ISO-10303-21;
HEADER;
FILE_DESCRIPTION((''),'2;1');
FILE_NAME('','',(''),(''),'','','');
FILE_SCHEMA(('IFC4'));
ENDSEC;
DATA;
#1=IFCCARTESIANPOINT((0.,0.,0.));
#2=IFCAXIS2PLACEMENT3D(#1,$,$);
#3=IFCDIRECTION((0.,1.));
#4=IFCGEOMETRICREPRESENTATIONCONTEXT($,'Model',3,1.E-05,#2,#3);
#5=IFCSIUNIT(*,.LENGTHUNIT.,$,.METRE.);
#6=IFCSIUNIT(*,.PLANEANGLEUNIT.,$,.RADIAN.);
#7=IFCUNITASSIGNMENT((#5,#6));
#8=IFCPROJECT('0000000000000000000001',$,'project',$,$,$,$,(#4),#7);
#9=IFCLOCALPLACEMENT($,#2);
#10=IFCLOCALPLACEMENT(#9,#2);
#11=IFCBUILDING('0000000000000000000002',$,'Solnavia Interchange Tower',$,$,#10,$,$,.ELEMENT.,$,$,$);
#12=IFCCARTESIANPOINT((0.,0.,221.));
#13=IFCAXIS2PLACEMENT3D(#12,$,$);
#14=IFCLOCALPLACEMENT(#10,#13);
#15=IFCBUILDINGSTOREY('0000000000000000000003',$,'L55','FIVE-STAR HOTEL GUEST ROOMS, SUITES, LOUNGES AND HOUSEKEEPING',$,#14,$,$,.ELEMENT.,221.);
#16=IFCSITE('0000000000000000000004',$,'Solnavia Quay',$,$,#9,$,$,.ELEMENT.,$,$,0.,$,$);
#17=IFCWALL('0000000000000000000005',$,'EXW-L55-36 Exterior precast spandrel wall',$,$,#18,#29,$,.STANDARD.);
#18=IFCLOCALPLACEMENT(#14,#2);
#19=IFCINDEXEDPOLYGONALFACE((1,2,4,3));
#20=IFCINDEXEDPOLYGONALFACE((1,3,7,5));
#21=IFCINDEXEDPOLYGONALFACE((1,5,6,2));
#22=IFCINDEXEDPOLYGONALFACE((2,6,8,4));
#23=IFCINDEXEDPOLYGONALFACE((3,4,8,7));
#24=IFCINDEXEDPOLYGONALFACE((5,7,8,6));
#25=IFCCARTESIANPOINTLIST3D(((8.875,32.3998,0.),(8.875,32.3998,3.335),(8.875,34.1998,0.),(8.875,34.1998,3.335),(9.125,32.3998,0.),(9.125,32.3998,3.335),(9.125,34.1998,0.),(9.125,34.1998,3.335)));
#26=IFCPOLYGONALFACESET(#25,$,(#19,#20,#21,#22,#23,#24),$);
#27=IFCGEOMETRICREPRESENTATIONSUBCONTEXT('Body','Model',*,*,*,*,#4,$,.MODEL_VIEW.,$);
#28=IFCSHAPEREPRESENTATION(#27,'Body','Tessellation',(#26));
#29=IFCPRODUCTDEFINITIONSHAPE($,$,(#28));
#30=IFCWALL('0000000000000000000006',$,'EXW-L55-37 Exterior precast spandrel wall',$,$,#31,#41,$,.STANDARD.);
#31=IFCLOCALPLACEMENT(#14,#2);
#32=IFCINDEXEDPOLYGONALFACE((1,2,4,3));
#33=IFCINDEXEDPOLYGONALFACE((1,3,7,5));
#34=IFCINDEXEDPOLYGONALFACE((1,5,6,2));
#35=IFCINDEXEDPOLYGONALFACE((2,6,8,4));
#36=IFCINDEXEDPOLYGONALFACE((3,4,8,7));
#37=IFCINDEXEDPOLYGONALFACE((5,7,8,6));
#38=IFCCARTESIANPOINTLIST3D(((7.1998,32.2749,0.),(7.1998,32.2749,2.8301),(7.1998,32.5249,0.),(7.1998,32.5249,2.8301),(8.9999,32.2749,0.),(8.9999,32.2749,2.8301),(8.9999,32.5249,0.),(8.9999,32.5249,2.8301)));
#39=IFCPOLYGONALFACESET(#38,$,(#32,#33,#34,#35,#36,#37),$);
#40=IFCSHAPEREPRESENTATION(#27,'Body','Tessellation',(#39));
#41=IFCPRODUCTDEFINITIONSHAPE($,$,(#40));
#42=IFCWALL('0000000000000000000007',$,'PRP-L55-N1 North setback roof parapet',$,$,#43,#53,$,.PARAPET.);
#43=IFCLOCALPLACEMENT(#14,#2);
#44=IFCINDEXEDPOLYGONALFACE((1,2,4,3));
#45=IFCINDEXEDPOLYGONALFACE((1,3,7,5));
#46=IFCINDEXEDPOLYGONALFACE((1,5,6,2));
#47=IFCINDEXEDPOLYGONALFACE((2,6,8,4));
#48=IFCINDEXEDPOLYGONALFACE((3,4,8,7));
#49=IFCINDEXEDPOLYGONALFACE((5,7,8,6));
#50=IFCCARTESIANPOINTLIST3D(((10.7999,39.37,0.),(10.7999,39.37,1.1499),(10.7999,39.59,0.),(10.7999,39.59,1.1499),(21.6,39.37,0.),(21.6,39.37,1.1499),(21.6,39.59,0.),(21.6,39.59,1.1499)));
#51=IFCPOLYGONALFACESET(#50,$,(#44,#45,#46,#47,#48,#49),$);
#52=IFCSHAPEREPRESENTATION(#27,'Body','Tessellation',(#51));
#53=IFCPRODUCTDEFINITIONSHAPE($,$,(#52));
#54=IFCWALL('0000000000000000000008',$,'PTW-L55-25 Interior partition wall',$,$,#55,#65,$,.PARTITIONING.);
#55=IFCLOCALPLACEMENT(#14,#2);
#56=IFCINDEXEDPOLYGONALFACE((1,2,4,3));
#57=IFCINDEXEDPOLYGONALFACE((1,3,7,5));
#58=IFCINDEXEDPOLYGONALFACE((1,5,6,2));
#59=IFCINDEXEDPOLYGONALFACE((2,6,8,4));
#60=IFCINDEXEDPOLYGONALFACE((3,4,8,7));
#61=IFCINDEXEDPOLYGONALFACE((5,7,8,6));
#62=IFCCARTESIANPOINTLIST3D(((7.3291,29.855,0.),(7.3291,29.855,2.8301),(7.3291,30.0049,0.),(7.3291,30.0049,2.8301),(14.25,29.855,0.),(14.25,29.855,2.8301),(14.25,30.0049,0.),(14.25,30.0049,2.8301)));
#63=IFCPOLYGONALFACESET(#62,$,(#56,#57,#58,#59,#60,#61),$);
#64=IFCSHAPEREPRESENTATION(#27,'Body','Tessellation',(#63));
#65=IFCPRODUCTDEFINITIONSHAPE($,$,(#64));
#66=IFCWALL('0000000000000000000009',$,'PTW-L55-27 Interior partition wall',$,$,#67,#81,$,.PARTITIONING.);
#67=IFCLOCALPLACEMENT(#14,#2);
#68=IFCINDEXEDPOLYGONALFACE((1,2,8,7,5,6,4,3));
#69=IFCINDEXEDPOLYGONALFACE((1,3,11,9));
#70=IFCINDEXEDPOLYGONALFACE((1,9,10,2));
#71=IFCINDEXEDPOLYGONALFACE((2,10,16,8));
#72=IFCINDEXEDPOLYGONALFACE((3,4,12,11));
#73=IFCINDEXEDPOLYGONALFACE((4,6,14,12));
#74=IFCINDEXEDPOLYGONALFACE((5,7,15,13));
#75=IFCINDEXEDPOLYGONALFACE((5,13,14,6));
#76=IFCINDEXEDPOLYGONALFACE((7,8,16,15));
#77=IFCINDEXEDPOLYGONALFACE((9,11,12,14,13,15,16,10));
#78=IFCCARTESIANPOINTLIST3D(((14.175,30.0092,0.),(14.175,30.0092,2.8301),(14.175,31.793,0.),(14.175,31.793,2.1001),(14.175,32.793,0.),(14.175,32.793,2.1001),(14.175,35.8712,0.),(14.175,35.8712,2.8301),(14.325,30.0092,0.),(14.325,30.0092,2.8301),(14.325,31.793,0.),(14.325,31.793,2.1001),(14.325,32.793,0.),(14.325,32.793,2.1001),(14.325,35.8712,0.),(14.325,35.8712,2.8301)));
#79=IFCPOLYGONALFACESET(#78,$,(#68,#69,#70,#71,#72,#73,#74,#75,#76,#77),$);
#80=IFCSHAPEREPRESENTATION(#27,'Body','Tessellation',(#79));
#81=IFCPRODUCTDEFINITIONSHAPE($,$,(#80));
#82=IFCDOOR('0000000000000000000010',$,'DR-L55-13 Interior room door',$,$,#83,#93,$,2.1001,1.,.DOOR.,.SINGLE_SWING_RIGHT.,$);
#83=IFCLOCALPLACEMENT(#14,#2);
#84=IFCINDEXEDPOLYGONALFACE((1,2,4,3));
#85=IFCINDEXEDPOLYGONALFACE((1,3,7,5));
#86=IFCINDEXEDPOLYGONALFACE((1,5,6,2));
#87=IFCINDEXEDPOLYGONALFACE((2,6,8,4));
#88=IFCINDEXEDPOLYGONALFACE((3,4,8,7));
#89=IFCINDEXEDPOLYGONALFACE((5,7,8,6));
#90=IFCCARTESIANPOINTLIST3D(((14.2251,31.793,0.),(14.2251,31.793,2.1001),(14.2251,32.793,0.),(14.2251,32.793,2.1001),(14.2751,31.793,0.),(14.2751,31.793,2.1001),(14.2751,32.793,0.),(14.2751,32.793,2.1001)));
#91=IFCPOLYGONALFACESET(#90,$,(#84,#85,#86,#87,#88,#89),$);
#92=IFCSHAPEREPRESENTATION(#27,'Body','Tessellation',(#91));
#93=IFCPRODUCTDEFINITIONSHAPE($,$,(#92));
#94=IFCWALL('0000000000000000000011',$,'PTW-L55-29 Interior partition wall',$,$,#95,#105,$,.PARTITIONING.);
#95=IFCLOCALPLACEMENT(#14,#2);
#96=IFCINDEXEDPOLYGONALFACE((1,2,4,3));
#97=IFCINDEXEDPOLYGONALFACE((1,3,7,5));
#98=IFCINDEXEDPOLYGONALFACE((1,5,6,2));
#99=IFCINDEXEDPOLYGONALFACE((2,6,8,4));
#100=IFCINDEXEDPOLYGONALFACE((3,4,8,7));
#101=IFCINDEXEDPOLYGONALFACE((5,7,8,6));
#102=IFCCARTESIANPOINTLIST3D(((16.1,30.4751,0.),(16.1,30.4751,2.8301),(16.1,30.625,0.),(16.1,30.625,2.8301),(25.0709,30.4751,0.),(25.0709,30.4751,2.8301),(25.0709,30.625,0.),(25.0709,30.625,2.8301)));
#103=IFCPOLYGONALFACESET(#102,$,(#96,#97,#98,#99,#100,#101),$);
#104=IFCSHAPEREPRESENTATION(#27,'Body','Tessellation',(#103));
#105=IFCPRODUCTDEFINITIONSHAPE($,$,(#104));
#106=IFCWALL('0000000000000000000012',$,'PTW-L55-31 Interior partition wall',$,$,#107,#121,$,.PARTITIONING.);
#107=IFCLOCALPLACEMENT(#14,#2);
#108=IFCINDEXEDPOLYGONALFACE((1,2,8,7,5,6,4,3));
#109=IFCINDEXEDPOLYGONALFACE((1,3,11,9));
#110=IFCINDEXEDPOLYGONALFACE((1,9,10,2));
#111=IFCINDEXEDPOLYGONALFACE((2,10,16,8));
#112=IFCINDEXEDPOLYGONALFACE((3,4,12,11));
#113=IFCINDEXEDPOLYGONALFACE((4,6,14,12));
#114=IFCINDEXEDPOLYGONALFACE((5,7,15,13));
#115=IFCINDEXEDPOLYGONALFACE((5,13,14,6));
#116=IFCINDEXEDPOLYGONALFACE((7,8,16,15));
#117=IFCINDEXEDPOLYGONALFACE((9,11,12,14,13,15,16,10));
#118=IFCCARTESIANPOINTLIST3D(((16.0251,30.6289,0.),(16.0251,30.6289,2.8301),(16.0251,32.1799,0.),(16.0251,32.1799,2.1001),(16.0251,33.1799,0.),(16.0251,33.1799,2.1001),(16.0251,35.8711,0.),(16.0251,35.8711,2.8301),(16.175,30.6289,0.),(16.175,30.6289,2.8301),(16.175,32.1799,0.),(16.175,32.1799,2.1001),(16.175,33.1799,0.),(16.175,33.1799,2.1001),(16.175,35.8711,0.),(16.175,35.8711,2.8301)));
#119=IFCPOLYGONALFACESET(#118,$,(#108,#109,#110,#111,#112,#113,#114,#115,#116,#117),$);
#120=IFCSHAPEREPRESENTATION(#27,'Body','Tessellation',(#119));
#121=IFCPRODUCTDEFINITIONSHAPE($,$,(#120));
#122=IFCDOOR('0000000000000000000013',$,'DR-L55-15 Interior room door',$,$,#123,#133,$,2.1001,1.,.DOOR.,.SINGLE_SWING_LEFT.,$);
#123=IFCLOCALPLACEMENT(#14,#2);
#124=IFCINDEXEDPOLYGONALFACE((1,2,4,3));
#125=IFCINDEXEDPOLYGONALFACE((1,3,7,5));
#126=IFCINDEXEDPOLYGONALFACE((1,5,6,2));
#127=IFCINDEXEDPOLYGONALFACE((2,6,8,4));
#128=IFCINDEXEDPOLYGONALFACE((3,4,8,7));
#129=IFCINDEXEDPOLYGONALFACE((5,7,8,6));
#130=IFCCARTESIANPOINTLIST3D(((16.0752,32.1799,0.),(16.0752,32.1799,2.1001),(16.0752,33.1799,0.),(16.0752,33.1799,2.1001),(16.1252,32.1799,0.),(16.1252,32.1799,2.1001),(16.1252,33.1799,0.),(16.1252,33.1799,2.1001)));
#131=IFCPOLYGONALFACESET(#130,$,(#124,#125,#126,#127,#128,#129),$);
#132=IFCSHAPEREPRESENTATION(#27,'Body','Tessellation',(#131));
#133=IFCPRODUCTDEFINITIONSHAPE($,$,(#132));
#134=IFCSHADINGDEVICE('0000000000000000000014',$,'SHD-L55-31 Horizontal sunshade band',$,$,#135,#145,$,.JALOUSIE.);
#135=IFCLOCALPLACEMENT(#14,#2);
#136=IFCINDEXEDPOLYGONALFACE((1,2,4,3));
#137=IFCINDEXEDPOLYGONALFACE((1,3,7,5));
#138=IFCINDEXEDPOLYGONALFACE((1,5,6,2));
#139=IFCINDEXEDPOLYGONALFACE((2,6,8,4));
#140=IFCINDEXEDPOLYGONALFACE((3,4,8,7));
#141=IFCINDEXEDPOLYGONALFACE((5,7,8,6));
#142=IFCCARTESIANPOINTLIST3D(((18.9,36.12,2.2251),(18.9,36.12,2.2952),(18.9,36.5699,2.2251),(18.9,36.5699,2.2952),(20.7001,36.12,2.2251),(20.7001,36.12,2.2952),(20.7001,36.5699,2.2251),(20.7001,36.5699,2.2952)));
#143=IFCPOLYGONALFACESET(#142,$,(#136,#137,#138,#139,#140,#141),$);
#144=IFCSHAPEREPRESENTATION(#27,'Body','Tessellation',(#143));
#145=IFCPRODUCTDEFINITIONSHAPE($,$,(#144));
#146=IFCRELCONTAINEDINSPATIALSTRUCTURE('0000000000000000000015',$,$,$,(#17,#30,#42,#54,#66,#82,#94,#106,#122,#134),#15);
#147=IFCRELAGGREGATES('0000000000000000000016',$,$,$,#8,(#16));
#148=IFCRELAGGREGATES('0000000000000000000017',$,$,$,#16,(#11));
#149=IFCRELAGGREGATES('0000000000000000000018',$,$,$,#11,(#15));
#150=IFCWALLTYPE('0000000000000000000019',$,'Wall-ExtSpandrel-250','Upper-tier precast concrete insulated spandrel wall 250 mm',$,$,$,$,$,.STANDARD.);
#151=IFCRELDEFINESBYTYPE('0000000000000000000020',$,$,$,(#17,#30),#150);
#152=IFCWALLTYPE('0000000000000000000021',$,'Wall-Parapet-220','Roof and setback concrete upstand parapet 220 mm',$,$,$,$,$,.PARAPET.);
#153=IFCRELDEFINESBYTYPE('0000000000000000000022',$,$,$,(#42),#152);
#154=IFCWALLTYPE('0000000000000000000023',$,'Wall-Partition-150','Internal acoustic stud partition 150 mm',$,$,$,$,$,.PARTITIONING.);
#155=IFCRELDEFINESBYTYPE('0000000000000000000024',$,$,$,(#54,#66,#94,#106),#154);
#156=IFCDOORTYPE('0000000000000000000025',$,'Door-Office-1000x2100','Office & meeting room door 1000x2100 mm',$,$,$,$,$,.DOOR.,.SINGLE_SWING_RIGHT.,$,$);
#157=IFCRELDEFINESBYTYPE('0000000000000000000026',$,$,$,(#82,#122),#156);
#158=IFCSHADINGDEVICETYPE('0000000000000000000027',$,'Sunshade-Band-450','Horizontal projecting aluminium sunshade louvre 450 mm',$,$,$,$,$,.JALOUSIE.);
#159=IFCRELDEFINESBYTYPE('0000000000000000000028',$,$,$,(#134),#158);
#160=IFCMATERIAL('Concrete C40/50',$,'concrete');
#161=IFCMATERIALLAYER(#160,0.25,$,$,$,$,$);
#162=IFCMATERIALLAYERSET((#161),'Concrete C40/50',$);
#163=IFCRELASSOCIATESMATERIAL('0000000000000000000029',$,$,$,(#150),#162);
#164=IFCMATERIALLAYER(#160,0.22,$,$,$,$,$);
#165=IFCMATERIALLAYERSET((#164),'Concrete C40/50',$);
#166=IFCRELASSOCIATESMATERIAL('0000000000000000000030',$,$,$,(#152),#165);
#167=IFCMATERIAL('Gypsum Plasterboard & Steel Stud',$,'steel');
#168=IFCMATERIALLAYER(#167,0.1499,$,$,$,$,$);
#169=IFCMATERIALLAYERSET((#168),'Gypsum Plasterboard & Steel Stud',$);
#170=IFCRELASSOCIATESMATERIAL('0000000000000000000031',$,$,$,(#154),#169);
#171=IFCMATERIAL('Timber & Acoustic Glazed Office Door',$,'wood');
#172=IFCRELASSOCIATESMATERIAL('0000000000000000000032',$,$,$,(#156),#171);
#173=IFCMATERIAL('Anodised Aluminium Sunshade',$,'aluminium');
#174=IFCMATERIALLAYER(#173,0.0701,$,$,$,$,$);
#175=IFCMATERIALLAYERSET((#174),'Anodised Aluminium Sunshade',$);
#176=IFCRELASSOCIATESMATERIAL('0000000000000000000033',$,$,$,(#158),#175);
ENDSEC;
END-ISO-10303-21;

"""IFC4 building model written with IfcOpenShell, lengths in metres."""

from ifc_helpers import new_model, si_unit, direction, frame, frame_2d, origin, origin_2d, place, context, subcontext, project, spatial, rectangle, extrude, material, layer, layer_set, type_object, element, fill, save


model = new_model("IFC4")

# Units and contexts
model_context = context("Model", 3, precision=1e-05, world=origin(), true_north=direction((0.0, 1.0)))
body_context = subcontext(model_context, "Body", "Model", "MODEL_VIEW")
ifc_project = project(units=[si_unit("LENGTHUNIT", "METRE"), si_unit("PLANEANGLEUNIT", "RADIAN")], contexts=[model_context])

# Site, building, storey
site_placement = place(None, origin())
site = spatial("IfcSite", under=ifc_project, at=site_placement, Name="Solnavia Quay", CompositionType="ELEMENT", RefElevation=0.0)
building_placement = place(site_placement, origin())
building = spatial("IfcBuilding", under=site, at=building_placement, Name="Solnavia Interchange Tower", CompositionType="ELEMENT")
storey_placement = place(building_placement, frame((0.0, 0.0, 221.0)))
storey = spatial("IfcBuildingStorey", under=building, at=storey_placement, Name="L55", Description="FIVE-STAR HOTEL GUEST ROOMS, SUITES, LOUNGES AND HOUSEKEEPING", CompositionType="ELEMENT", Elevation=221.0)

# Shared definitions
ifc_material_1 = material(Name="Concrete C40/50", Category="concrete")
ifc_layer_1 = layer(ifc_material_1, 0.25)
ifc_layer_set_1 = layer_set([ifc_layer_1], Name="Concrete C40/50")
wall_type_1 = type_object("IfcWallType", Name="Wall-ExtSpandrel-250", Description="Upper-tier precast concrete insulated spandrel wall 250 mm", PredefinedType="STANDARD", material=ifc_layer_set_1)

# Walls
for number, where, z_axis, x_axis, name in (
    (1, (9.0, 32.3999, 0.0), (0.0, 0.0, 1.0), (0.0, 1.0, 0.0), "EXW-L55-36 Exterior precast spandrel wall"),
):
    element("IfcWall", number, at=place(storey_placement, frame(where, z_axis=z_axis, x_axis=x_axis)), inside=storey, type_object=wall_type_1, Name=name, PredefinedType="STANDARD", context=body_context, shape_type="SweptSolid", body=[
        extrude(rectangle(XDim=1.8, YDim=0.25, at=frame_2d((0.8999, 0.0))), origin(), (0.0, 0.0, 1.0), 3.335),
    ])
wall_1_placement = place(storey_placement, frame((7.2, 32.3999, 0.0), z_axis=(0.0, 0.0, 1.0), x_axis=(1.0, 0.0, 0.0)))
element("IfcWall", 2, at=wall_1_placement, inside=storey, type_object=wall_type_1, Name="EXW-L55-37 Exterior precast spandrel wall", PredefinedType="STANDARD", context=body_context, shape_type="SweptSolid", body=[
    extrude(rectangle(XDim=1.8, YDim=0.25, at=frame_2d((0.8999, 0.0))), origin(), (0.0, 0.0, 1.0), 2.8301),
])
ifc_layer_2 = layer(ifc_material_1, 0.22)
ifc_layer_set_2 = layer_set([ifc_layer_2], Name="Concrete C40/50")
wall_type_2 = type_object("IfcWallType", Name="Wall-Parapet-220", Description="Roof and setback concrete upstand parapet 220 mm", PredefinedType="PARAPET", material=ifc_layer_set_2)
wall_2_placement = place(storey_placement, frame((10.8, 39.48, 0.0), z_axis=(0.0, 0.0, 1.0), x_axis=(1.0, 0.0, 0.0)))
element("IfcWall", 3, at=wall_2_placement, inside=storey, type_object=wall_type_2, Name="PRP-L55-N1 North setback roof parapet", PredefinedType="PARAPET", context=body_context, shape_type="SweptSolid", body=[
    extrude(rectangle(XDim=10.8, YDim=0.22, at=frame_2d((5.3999, 0.0))), origin(), (0.0, 0.0, 1.0), 1.1499),
])
ifc_material_2 = material(Name="Gypsum Plasterboard & Steel Stud", Category="steel")
ifc_layer_3 = layer(ifc_material_2, 0.1499)
ifc_layer_set_3 = layer_set([ifc_layer_3], Name="Gypsum Plasterboard & Steel Stud")
wall_type_3 = type_object("IfcWallType", Name="Wall-Partition-150", Description="Internal acoustic stud partition 150 mm", PredefinedType="PARTITIONING", material=ifc_layer_set_3)
wall_3_placement = place(storey_placement, frame((7.3291, 29.9299, 0.0), z_axis=(0.0, 0.0, 1.0), x_axis=(1.0, 0.0, 0.0)))
element("IfcWall", 4, at=wall_3_placement, inside=storey, type_object=wall_type_3, Name="PTW-L55-25 Interior partition wall", PredefinedType="PARTITIONING", context=body_context, shape_type="SweptSolid", body=[
    extrude(rectangle(XDim=6.9209, YDim=0.1499, at=frame_2d((3.4604, 0.0))), origin(), (0.0, 0.0, 1.0), 2.8301),
])

# Wall, opening, door
wall_4_placement = place(storey_placement, frame((14.25, 30.009, 0.0), z_axis=(0.0, 0.0, 1.0), x_axis=(0.0, 1.0, 0.0)))
wall_4 = element("IfcWall", 5, at=wall_4_placement, inside=storey, type_object=wall_type_3, Name="PTW-L55-27 Interior partition wall", PredefinedType="PARTITIONING", context=body_context, shape_type="SweptSolid", body=[
    extrude(rectangle(XDim=5.8621, YDim=0.1499, at=frame_2d((2.9312, 0.0))), origin(), (0.0, 0.0, 1.0), 2.8301),
])
opening_1_placement = place(wall_4_placement, frame((1.7839, 0.0, 0.0)))
opening_1 = element("IfcOpeningElement", 6, at=opening_1_placement, cuts=wall_4, PredefinedType="OPENING", context=body_context, shape_type="SweptSolid", body=[
    extrude(rectangle(XDim=1.0, YDim=2.1001, at=frame_2d((0.5, 1.05))), frame((0.0, 0.085, 0.0), z_axis=(0.0, -1.0, 0.0), x_axis=(1.0, 0.0, 0.0)), (0.0, 0.0, 1.0), 0.1699),
])
ifc_material_3 = material(Name="Timber & Acoustic Glazed Office Door", Category="wood")
door_type = type_object("IfcDoorType", Name="Door-Office-1000x2100", Description="Office & meeting room door 1000x2100 mm", OperationType="SINGLE_SWING_RIGHT", PredefinedType="DOOR", material=ifc_material_3)
door_1_placement = place(opening_1_placement, origin())
door_1 = element("IfcDoor", 7, at=door_1_placement, inside=storey, type_object=door_type, Name="DR-L55-13 Interior room door", OperationType="SINGLE_SWING_RIGHT", OverallHeight=2.1001, OverallWidth=1.0, PredefinedType="DOOR", context=body_context, shape_type="SweptSolid", body=[
    extrude(rectangle(XDim=1.0, YDim=2.1001, at=frame_2d((0.5, 1.05))), frame((0.0, 0.0249, 0.0), z_axis=(0.0, -1.0, 0.0), x_axis=(1.0, 0.0, 0.0)), (0.0, 0.0, 1.0), 0.05),
])
fill(opening_1, door_1)

# Wall
wall_5_placement = place(storey_placement, frame((16.1001, 30.55, 0.0), z_axis=(0.0, 0.0, 1.0), x_axis=(1.0, 0.0, 0.0)))
element("IfcWall", 8, at=wall_5_placement, inside=storey, type_object=wall_type_3, Name="PTW-L55-29 Interior partition wall", PredefinedType="PARTITIONING", context=body_context, shape_type="SweptSolid", body=[
    extrude(rectangle(XDim=8.9709, YDim=0.1499, at=frame_2d((4.4854, 0.0))), origin(), (0.0, 0.0, 1.0), 2.8301),
])

# Wall, opening, door
wall_6_placement = place(storey_placement, frame((16.1001, 30.6289, 0.0), z_axis=(0.0, 0.0, 1.0), x_axis=(0.0, 1.0, 0.0)))
wall_6 = element("IfcWall", 9, at=wall_6_placement, inside=storey, type_object=wall_type_3, Name="PTW-L55-31 Interior partition wall", PredefinedType="PARTITIONING", context=body_context, shape_type="SweptSolid", body=[
    extrude(rectangle(XDim=5.2422, YDim=0.1499, at=frame_2d((2.6211, 0.0))), origin(), (0.0, 0.0, 1.0), 2.8301),
])
opening_2_placement = place(wall_6_placement, frame((1.551, 0.0, 0.0)))
opening_2 = element("IfcOpeningElement", 10, at=opening_2_placement, cuts=wall_6, PredefinedType="OPENING", context=body_context, shape_type="SweptSolid", body=[
    extrude(rectangle(XDim=1.0, YDim=2.1001, at=frame_2d((0.5, 1.05))), frame((0.0, 0.085, 0.0), z_axis=(0.0, -1.0, 0.0), x_axis=(1.0, 0.0, 0.0)), (0.0, 0.0, 1.0), 0.1699),
])
door_2_placement = place(opening_2_placement, origin())
door_2 = element("IfcDoor", 11, at=door_2_placement, inside=storey, type_object=door_type, Name="DR-L55-15 Interior room door", OperationType="SINGLE_SWING_LEFT", OverallHeight=2.1001, OverallWidth=1.0, PredefinedType="DOOR", context=body_context, shape_type="SweptSolid", body=[
    extrude(rectangle(XDim=1.0, YDim=2.1001, at=frame_2d((0.5, 1.05))), frame((0.0, 0.0249, 0.0), z_axis=(0.0, -1.0, 0.0), x_axis=(1.0, 0.0, 0.0)), (0.0, 0.0, 1.0), 0.05),
])
fill(opening_2, door_2)

# Shading device
ifc_material_4 = material(Name="Anodised Aluminium Sunshade", Category="aluminium")
ifc_layer_4 = layer(ifc_material_4, 0.0701)
ifc_layer_set_4 = layer_set([ifc_layer_4], Name="Anodised Aluminium Sunshade")
shading_device_type = type_object("IfcShadingDeviceType", Name="Sunshade-Band-450", Description="Horizontal projecting aluminium sunshade louvre 450 mm", PredefinedType="JALOUSIE", material=ifc_layer_set_4)
shading_device_placement = place(storey_placement, frame((19.8, 36.345, 2.2251), z_axis=(0.0, 0.0, 1.0), x_axis=(1.0, 0.0, 0.0)))
element("IfcShadingDevice", 12, at=shading_device_placement, inside=storey, type_object=shading_device_type, Name="SHD-L55-31 Horizontal sunshade band", PredefinedType="JALOUSIE", context=body_context, shape_type="SweptSolid", body=[
    extrude(rectangle(XDim=1.8, YDim=0.45, at=origin_2d()), origin(), (0.0, 0.0, 1.0), 0.0701),
])

save(model, "model.ifc")
